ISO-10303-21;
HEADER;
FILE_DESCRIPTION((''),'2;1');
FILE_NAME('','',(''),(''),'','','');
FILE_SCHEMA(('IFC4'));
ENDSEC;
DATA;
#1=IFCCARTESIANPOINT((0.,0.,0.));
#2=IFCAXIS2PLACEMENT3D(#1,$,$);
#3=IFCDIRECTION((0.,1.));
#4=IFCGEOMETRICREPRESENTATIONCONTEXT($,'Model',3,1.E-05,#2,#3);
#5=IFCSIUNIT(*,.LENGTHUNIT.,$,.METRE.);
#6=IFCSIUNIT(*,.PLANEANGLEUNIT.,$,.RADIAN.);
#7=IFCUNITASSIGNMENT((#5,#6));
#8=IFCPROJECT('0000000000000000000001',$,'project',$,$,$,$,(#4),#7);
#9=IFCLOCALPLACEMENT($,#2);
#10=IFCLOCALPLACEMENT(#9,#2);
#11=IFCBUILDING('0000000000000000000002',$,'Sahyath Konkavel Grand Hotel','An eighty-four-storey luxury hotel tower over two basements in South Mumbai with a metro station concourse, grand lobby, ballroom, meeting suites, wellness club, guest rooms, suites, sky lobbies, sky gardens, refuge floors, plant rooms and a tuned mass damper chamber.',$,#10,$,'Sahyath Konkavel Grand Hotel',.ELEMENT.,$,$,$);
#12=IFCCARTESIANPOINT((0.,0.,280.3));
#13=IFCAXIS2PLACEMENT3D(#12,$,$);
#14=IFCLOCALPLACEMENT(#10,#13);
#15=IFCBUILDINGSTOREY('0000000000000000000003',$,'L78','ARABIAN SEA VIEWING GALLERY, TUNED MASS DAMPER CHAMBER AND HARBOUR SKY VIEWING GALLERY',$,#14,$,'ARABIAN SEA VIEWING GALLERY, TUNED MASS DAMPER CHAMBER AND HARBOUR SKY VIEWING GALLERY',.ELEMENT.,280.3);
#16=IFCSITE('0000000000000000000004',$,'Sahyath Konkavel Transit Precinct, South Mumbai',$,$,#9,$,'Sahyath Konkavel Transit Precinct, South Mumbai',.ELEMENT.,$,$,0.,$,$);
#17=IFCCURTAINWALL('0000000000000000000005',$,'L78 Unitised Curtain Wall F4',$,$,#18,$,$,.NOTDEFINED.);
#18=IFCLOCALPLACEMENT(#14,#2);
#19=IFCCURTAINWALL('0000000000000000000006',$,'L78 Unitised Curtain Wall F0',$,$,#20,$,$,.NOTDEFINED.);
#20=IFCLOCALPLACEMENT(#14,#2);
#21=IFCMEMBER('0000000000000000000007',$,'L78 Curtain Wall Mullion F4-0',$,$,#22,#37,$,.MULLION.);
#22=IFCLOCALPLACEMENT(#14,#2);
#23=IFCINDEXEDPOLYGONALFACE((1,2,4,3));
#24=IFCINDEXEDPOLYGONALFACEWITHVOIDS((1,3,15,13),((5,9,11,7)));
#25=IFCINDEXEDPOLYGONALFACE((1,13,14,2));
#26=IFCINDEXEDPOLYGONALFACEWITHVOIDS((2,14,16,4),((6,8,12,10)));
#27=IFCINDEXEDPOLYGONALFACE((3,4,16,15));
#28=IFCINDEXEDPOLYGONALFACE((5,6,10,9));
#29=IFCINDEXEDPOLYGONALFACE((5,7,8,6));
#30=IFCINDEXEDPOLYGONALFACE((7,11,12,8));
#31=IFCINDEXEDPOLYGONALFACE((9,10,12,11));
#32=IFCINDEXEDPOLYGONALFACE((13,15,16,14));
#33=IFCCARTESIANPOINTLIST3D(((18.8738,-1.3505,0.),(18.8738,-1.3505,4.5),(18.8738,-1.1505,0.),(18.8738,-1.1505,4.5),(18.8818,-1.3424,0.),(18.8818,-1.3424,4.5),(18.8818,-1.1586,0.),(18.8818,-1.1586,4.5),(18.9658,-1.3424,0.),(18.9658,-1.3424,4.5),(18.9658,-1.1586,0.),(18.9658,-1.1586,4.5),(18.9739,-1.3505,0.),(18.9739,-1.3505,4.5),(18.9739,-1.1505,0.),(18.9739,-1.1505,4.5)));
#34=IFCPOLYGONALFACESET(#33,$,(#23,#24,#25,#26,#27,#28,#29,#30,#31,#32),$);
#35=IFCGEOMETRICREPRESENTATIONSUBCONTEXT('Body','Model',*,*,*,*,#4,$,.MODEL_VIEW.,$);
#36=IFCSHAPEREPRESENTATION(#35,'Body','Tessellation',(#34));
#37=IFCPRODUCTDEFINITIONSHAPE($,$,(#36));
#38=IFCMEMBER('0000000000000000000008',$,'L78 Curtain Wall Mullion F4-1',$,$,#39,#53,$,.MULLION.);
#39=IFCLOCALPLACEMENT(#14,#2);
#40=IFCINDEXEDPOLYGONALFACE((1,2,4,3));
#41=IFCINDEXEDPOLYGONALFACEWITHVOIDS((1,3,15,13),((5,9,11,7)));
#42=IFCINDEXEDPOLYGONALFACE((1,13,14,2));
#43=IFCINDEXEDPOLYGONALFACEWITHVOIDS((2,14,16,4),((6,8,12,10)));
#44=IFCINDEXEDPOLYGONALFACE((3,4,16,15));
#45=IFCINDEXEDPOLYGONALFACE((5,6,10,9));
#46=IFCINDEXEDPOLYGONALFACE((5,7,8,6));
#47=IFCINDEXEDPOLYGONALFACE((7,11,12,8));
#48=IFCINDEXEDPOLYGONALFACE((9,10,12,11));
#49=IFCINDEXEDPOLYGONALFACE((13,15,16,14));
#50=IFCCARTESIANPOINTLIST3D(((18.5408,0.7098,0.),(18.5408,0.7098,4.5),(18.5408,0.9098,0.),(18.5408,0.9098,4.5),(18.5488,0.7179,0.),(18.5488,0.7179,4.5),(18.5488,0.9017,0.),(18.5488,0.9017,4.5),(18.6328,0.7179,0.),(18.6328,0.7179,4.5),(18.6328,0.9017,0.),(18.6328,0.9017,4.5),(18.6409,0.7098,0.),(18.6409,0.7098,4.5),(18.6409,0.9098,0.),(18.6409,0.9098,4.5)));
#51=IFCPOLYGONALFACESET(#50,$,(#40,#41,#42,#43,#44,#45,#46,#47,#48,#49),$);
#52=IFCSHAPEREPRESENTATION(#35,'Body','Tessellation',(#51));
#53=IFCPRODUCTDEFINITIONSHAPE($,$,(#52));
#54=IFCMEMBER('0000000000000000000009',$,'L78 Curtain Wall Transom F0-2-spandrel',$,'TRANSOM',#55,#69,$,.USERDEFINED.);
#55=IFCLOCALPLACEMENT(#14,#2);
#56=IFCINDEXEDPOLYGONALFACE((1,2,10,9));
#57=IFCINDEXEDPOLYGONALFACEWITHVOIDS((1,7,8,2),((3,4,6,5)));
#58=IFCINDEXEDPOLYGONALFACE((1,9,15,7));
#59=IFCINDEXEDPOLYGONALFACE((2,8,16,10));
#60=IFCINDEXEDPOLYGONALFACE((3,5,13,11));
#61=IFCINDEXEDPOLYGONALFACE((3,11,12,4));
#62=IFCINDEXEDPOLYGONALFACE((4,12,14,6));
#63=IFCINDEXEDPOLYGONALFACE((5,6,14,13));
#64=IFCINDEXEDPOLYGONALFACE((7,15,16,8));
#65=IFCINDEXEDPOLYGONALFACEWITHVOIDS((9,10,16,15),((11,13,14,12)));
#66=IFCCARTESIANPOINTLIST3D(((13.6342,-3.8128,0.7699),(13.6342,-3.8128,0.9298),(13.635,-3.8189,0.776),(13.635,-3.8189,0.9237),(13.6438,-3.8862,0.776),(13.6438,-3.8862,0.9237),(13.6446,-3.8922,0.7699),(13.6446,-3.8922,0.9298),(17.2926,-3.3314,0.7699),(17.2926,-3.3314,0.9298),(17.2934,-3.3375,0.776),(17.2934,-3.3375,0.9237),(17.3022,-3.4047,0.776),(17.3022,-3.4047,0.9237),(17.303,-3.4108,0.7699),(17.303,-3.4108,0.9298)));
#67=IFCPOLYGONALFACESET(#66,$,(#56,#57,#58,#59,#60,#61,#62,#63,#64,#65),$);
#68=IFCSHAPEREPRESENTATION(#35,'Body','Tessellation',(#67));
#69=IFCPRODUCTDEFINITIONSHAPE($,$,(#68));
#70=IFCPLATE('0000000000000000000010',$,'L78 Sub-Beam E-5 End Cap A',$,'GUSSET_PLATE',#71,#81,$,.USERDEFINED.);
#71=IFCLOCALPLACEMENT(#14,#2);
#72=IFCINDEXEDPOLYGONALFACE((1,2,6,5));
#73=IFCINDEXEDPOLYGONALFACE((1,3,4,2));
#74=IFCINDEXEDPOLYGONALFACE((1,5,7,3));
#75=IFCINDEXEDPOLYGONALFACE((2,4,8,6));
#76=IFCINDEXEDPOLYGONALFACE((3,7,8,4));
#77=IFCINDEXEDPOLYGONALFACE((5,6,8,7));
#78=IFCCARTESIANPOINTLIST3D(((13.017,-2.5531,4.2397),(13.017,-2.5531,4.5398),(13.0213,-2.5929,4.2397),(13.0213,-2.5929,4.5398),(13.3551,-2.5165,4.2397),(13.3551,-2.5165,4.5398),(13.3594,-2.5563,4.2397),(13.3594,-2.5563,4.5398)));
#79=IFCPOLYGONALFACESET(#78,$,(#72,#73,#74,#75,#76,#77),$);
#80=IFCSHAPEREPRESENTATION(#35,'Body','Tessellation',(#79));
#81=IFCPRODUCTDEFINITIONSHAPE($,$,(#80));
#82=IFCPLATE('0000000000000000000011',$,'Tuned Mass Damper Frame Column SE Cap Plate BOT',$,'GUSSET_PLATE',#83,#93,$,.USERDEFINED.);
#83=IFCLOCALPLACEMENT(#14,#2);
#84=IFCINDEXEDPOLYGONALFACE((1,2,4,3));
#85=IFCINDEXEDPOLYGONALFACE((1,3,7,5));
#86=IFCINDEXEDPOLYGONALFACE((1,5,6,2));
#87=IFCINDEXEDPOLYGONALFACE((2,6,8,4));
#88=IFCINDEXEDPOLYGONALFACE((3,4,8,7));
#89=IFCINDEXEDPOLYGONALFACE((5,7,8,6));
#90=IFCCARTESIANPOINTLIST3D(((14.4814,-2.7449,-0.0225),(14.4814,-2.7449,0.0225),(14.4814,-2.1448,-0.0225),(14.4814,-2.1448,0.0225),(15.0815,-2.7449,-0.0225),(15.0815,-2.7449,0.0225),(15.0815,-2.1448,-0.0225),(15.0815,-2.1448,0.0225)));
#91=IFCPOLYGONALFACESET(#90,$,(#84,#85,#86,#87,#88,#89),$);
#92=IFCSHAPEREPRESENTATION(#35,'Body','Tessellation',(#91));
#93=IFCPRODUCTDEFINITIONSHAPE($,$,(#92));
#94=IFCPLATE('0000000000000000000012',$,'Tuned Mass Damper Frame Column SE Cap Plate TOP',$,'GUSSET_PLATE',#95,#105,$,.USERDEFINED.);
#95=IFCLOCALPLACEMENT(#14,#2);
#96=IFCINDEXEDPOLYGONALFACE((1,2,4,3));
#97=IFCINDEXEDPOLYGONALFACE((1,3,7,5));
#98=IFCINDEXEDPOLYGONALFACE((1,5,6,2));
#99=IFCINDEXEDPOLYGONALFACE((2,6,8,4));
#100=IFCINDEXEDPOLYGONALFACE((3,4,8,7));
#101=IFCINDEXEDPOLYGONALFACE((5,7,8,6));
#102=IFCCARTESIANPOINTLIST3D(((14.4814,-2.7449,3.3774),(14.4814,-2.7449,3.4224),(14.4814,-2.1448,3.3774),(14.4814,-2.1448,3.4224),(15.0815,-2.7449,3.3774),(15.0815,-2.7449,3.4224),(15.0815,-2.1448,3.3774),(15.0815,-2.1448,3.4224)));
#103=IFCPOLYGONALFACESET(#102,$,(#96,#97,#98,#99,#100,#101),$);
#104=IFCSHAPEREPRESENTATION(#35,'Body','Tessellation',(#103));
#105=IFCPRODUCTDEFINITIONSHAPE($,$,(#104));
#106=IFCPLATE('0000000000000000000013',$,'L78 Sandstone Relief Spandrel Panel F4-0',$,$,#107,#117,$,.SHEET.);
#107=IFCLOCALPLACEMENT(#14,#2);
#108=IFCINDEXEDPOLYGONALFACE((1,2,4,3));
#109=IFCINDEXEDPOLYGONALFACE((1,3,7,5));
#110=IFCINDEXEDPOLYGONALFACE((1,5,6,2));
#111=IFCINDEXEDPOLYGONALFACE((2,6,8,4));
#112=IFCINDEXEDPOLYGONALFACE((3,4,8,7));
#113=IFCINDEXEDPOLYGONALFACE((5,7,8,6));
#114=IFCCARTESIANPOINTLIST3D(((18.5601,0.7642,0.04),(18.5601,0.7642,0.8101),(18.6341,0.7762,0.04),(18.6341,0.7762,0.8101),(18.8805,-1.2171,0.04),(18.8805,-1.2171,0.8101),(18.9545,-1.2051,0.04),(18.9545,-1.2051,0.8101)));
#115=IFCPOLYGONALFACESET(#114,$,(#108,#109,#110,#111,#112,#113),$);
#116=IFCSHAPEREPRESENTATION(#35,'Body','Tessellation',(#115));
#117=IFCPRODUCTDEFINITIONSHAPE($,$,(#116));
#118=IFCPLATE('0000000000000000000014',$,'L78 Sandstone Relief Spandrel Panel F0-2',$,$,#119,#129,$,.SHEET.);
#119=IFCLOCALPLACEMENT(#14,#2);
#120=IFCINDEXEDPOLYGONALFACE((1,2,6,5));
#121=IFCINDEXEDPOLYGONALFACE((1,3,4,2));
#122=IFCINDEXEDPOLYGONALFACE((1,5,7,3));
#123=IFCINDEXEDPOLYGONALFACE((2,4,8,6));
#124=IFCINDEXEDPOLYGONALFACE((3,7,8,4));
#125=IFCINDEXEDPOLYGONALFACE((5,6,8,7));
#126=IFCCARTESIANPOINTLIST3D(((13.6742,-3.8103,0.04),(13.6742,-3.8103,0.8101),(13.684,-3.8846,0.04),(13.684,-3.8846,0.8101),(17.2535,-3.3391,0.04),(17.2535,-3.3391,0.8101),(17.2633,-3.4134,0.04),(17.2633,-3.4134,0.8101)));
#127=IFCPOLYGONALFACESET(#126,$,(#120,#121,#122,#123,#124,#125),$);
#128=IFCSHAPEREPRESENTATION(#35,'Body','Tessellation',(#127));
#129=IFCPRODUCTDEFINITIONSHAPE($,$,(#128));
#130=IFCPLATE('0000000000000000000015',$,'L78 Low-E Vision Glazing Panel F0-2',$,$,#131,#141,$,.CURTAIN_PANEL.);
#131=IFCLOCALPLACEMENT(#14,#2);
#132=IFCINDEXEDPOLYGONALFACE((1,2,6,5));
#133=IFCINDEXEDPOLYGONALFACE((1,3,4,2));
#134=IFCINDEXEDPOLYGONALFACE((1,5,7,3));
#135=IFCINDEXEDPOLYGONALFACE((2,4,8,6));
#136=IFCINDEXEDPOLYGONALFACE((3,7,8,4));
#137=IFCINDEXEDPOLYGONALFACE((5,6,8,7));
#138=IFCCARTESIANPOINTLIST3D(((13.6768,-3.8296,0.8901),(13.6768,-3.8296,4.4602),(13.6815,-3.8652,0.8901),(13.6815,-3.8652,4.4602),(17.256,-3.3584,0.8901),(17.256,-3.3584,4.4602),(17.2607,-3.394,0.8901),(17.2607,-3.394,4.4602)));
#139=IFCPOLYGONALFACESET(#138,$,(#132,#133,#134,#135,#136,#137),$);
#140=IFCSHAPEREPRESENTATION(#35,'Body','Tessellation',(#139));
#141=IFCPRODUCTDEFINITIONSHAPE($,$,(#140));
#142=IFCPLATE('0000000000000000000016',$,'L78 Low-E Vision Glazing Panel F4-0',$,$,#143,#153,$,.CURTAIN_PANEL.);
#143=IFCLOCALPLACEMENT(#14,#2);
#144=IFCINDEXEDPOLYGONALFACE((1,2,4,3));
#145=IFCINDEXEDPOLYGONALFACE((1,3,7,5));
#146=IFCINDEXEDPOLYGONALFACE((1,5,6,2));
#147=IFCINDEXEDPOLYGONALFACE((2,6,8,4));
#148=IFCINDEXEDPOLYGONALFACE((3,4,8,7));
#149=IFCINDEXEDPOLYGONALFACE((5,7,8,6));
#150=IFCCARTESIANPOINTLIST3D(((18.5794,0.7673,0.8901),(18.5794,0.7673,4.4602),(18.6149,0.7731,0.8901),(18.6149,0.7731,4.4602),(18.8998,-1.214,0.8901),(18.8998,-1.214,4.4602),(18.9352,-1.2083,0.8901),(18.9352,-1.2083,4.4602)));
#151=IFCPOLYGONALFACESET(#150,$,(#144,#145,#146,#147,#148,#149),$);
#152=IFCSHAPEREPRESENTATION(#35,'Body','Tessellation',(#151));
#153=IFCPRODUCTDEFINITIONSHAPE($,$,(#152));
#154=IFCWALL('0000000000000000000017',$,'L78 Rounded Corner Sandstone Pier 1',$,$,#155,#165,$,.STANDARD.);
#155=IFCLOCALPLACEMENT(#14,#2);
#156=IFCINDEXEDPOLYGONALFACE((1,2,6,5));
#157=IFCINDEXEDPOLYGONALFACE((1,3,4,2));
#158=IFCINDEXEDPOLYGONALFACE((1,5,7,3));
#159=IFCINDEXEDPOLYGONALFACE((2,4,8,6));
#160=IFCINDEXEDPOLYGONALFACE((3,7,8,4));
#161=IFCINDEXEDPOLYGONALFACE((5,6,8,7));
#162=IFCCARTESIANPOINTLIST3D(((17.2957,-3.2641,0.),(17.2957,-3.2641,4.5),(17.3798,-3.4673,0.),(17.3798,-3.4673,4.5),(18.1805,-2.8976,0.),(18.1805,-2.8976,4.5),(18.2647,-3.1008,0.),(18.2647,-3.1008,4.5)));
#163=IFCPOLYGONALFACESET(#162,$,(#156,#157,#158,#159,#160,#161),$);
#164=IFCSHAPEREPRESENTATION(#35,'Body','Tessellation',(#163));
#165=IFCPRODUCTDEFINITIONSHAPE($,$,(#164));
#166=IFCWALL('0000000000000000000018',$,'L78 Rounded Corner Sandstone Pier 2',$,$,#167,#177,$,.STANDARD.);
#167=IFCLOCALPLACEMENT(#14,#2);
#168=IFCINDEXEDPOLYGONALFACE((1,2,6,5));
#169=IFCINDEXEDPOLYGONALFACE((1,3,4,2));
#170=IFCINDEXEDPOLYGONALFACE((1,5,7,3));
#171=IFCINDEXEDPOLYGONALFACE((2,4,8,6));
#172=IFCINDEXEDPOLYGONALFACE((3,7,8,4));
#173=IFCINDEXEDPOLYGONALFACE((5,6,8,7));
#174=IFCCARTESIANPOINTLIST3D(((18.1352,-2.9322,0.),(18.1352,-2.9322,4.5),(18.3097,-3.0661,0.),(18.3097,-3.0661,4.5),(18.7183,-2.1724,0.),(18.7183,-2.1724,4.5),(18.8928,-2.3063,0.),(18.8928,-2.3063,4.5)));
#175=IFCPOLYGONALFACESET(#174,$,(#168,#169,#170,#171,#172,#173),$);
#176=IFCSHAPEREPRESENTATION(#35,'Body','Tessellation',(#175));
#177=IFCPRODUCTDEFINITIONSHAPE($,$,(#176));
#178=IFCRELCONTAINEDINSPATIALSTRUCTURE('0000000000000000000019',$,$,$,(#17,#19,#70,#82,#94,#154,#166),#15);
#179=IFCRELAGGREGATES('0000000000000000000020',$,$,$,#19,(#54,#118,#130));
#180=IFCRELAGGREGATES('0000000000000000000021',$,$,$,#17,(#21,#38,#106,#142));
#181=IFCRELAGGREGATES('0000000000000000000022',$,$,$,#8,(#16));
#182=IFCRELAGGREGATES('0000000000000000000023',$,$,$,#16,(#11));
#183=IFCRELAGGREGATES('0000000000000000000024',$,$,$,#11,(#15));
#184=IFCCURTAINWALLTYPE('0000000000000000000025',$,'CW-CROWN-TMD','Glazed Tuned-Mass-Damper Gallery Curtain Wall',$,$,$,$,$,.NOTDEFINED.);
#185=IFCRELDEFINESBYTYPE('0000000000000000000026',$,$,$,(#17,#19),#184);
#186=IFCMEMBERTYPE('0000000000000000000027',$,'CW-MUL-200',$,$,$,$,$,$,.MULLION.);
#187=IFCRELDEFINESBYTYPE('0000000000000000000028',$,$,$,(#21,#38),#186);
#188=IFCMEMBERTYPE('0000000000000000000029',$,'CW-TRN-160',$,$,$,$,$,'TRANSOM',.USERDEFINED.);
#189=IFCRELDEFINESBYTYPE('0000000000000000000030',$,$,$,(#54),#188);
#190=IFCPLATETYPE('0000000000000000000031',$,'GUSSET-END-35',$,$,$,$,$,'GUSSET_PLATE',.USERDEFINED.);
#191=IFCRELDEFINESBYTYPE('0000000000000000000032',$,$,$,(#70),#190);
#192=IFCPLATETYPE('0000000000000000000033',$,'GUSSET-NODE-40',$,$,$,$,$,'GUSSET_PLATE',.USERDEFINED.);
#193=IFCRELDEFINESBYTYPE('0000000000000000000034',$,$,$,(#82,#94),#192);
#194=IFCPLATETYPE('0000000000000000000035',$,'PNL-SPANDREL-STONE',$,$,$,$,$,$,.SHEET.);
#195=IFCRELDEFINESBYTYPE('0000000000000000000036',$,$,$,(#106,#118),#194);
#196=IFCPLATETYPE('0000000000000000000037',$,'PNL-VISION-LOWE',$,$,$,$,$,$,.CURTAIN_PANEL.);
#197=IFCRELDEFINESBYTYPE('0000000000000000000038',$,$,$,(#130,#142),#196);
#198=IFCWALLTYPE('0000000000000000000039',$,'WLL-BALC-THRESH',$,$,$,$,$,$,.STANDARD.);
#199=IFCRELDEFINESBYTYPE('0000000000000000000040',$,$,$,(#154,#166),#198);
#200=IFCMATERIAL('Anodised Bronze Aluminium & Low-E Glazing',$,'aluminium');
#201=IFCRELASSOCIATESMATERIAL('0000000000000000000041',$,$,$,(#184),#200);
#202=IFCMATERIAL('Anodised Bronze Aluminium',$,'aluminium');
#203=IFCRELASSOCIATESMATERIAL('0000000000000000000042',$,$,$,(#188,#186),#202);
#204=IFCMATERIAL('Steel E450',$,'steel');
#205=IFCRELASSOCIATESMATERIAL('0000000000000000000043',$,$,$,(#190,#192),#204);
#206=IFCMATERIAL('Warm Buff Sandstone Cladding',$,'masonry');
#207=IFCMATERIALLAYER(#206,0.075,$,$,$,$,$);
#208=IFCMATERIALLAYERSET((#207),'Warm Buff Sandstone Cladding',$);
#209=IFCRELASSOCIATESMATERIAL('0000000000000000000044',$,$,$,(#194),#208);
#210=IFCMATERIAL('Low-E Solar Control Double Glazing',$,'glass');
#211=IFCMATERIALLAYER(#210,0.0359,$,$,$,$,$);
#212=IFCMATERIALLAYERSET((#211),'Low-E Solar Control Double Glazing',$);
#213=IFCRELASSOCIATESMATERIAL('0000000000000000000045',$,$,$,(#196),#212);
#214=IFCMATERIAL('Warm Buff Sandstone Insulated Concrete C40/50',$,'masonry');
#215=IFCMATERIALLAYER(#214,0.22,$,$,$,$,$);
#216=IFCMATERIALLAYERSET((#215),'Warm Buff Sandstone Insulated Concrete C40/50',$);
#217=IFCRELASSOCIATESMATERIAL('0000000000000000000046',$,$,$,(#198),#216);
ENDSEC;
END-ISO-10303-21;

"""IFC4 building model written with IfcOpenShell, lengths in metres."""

from ifc_helpers import new_model, si_unit, direction, frame, frame_2d, origin, origin_2d, place, context, subcontext, project, spatial, rectangle, hollow_rectangle, extrude, source, transform, mapped, material, layer, layer_set, material_profile, profile_set, type_object, element, aggregate, save


model = new_model("IFC4")

# Units and contexts
model_context = context("Model", 3, precision=1e-05, world=origin(), true_north=direction((0.0, 1.0)))
body_context = subcontext(model_context, "Body", "Model", "MODEL_VIEW")
ifc_project = project(units=[si_unit("LENGTHUNIT", "METRE"), si_unit("PLANEANGLEUNIT", "RADIAN")], contexts=[model_context])

# Site, building, storey
site_placement = place(None, origin())
site = spatial("IfcSite", under=ifc_project, at=site_placement, Name="Sahyath Konkavel Transit Precinct, South Mumbai", LongName="Sahyath Konkavel Transit Precinct, South Mumbai", CompositionType="ELEMENT", RefElevation=0.0)
building_placement = place(site_placement, origin())
building = spatial("IfcBuilding", under=site, at=building_placement, Name="Sahyath Konkavel Grand Hotel", Description="An eighty-four-storey luxury hotel tower over two basements in South Mumbai with a metro station concourse, grand lobby, ballroom, meeting suites, wellness club, guest rooms, suites, sky lobbies, sky gardens, refuge floors, plant rooms and a tuned mass damper chamber.", LongName="Sahyath Konkavel Grand Hotel", CompositionType="ELEMENT")
storey_placement = place(building_placement, frame((0.0, 0.0, 280.3)))
storey = spatial("IfcBuildingStorey", under=building, at=storey_placement, Name="L78", Description="ARABIAN SEA VIEWING GALLERY, TUNED MASS DAMPER CHAMBER AND HARBOUR SKY VIEWING GALLERY", LongName="ARABIAN SEA VIEWING GALLERY, TUNED MASS DAMPER CHAMBER AND HARBOUR SKY VIEWING GALLERY", CompositionType="ELEMENT", Elevation=280.3)

# Curtain walls
ifc_material_1 = material(Name="Anodised Bronze Aluminium & Low-E Glazing", Category="aluminium")
curtain_wall_type = type_object("IfcCurtainWallType", Name="CW-CROWN-TMD", Description="Glazed Tuned-Mass-Damper Gallery Curtain Wall", PredefinedType="NOTDEFINED", material=ifc_material_1)
curtain_wall_1_placement = place(storey_placement, origin())
curtain_wall_1 = element("IfcCurtainWall", 1, at=curtain_wall_1_placement, inside=storey, type_object=curtain_wall_type, Name="L78 Unitised Curtain Wall F4", PredefinedType="NOTDEFINED")
ifc_material_2 = material(Name="Anodised Bronze Aluminium", Category="aluminium")
ifc_material_profile_1 = material_profile(ifc_material_2, hollow_rectangle(XDim=0.0801, YDim=0.1599, WallThickness=0.0061, at=origin_2d()), Name="RHS 160x80x6")
ifc_profile_set_1 = profile_set([ifc_material_profile_1], Name="Anodised Bronze Aluminium")
member_type_1 = type_object("IfcMemberType", Name="CW-TRN-160", ElementType="TRANSOM", PredefinedType="USERDEFINED", material=ifc_profile_set_1)
curtain_wall_2_placement = place(storey_placement, origin())
curtain_wall_2 = element("IfcCurtainWall", 2, at=curtain_wall_2_placement, inside=storey, type_object=curtain_wall_type, Name="L78 Unitised Curtain Wall F0", PredefinedType="NOTDEFINED")
ifc_material_profile_2 = material_profile(ifc_material_2, hollow_rectangle(XDim=0.1001, YDim=0.2, WallThickness=0.0081, at=origin_2d()), Name="RHS 200x100x8")
ifc_profile_set_2 = profile_set([ifc_material_profile_2], Name="Anodised Bronze Aluminium")
member_type_2 = type_object("IfcMemberType", Name="CW-MUL-200", PredefinedType="MULLION", material=ifc_profile_set_2)
shared_shape_1 = source(origin(), body_context, "Body", "SweptSolid", [
    extrude(hollow_rectangle(XDim=0.1001, YDim=0.2, WallThickness=0.0081, at=origin_2d()), origin(), (0.0, 0.0, 1.0), 4.5),
])

# Members
member_1_placement = place(storey_placement, frame((18.9238, -1.2505, 0.0), z_axis=(0.0, 0.0, 1.0), x_axis=(1.0, 0.0, 0.0)))
member_1 = element("IfcMember", 3, at=member_1_placement, type_object=member_type_2, Name="L78 Curtain Wall Mullion F4-0", PredefinedType="MULLION", context=body_context, shape_type="MappedRepresentation", body=[
    mapped(shared_shape_1, transform((0.0, 0.0, 0.0), scale=1.0)),
])
member_2_placement = place(storey_placement, frame((18.5908, 0.8098, 0.0), z_axis=(0.0, 0.0, 1.0), x_axis=(1.0, 0.0, 0.0)))
member_2 = element("IfcMember", 4, at=member_2_placement, type_object=member_type_2, Name="L78 Curtain Wall Mullion F4-1", PredefinedType="MULLION", context=body_context, shape_type="MappedRepresentation", body=[
    mapped(shared_shape_1, transform((0.0, 0.0, 0.0), scale=1.0)),
])
shared_shape_2 = source(origin(), body_context, "Body", "SweptSolid", [
    extrude(hollow_rectangle(XDim=0.0801, YDim=0.1599, WallThickness=0.0061, at=origin_2d()), origin(), (0.0, 0.0, 1.0), 3.6899),
])
member_3_placement = place(storey_placement, frame((13.6394, -3.8525, 0.8499), z_axis=(0.991452, 0.130473, 0.0), x_axis=(-0.130473, 0.991452, 0.0)))
member_3 = element("IfcMember", 5, at=member_3_placement, type_object=member_type_1, Name="L78 Curtain Wall Transom F0-2-spandrel", ObjectType="TRANSOM", PredefinedType="USERDEFINED", context=body_context, shape_type="MappedRepresentation", body=[
    mapped(shared_shape_2, transform((0.0, 0.0, 0.0), scale=1.0)),
])

# Plates
ifc_material_3 = material(Name="Steel E450", Category="steel")
plate_type_1 = type_object("IfcPlateType", Name="GUSSET-END-35", ElementType="GUSSET_PLATE", PredefinedType="USERDEFINED", material=ifc_material_3)
shared_shape_3 = source(origin(), body_context, "Body", "SweptSolid", [
    extrude(rectangle(XDim=0.04, YDim=0.3401, at=origin_2d()), origin(), (0.0, 0.0, 1.0), 0.3),
])
plate_1_placement = place(storey_placement, frame((13.1882, -2.5547, 4.2397), z_axis=(0.0, 0.0, 1.0), x_axis=(-0.107427, 0.994213, 0.0)))
element("IfcPlate", 6, at=plate_1_placement, inside=storey, type_object=plate_type_1, Name="L78 Sub-Beam E-5 End Cap A", ObjectType="GUSSET_PLATE", PredefinedType="USERDEFINED", context=body_context, shape_type="MappedRepresentation", body=[
    mapped(shared_shape_3, transform((0.0, 0.0, 0.0), scale=1.0)),
])
plate_type_2 = type_object("IfcPlateType", Name="GUSSET-NODE-40", ElementType="GUSSET_PLATE", PredefinedType="USERDEFINED", material=ifc_material_3)
shared_shape_4 = source(origin(), body_context, "Body", "SweptSolid", [
    extrude(rectangle(XDim=0.6001, YDim=0.6001, at=origin_2d()), origin(), (0.0, 0.0, 1.0), 0.0449),
])
for number, where, z_axis, x_axis, name in (
    (7, (14.7815, -2.4448, -0.0225), (0.0, 0.0, 1.0), (1.0, 0.0, 0.0), "Tuned Mass Damper Frame Column SE Cap Plate BOT"),
    (8, (14.7815, -2.4448, 3.3774), (0.0, 0.0, 1.0), (1.0, 0.0, 0.0), "Tuned Mass Damper Frame Column SE Cap Plate TOP"),
):
    element("IfcPlate", number, at=place(storey_placement, frame(where, z_axis=z_axis, x_axis=x_axis)), inside=storey, type_object=plate_type_2, Name=name, ObjectType="GUSSET_PLATE", PredefinedType="USERDEFINED", context=body_context, shape_type="MappedRepresentation", body=[
        mapped(shared_shape_4, transform((0.0, 0.0, 0.0), scale=1.0)),
    ])

# Plates
ifc_material_4 = material(Name="Warm Buff Sandstone Cladding", Category="masonry")
ifc_layer_1 = layer(ifc_material_4, 0.075)
ifc_layer_set_1 = layer_set([ifc_layer_1], Name="Warm Buff Sandstone Cladding")
plate_type_3 = type_object("IfcPlateType", Name="PNL-SPANDREL-STONE", PredefinedType="SHEET", material=ifc_layer_set_1)
shared_shape_5 = source(origin(), body_context, "Body", "SweptSolid", [
    extrude(rectangle(XDim=2.0071, YDim=0.075, at=origin_2d()), origin(), (0.0, 0.0, 1.0), 0.77),
])
plate_2_placement = place(storey_placement, frame((18.7573, -0.2205, 0.04), z_axis=(0.0, 0.0, 1.0), x_axis=(-0.159623, 0.987178, 0.0)))
plate_2 = element("IfcPlate", 9, at=plate_2_placement, type_object=plate_type_3, Name="L78 Sandstone Relief Spandrel Panel F4-0", PredefinedType="SHEET", context=body_context, shape_type="MappedRepresentation", body=[
    mapped(shared_shape_5, transform((0.0, 0.0, 0.0), scale=1.0)),
])
shared_shape_6 = source(origin(), body_context, "Body", "SweptSolid", [
    extrude(rectangle(XDim=3.6101, YDim=0.075, at=origin_2d()), origin(), (0.0, 0.0, 1.0), 0.77),
])
plate_3_placement = place(storey_placement, frame((15.4688, -3.6118, 0.04), z_axis=(0.0, 0.0, 1.0), x_axis=(0.991445, 0.130526, 0.0)))
plate_3 = element("IfcPlate", 10, at=plate_3_placement, type_object=plate_type_3, Name="L78 Sandstone Relief Spandrel Panel F0-2", PredefinedType="SHEET", context=body_context, shape_type="MappedRepresentation", body=[
    mapped(shared_shape_6, transform((0.0, 0.0, 0.0), scale=1.0)),
])
ifc_material_5 = material(Name="Low-E Solar Control Double Glazing", Category="glass")
ifc_layer_2 = layer(ifc_material_5, 0.0359)
ifc_layer_set_2 = layer_set([ifc_layer_2], Name="Low-E Solar Control Double Glazing")
plate_type_4 = type_object("IfcPlateType", Name="PNL-VISION-LOWE", PredefinedType="CURTAIN_PANEL", material=ifc_layer_set_2)
shared_shape_7 = source(origin(), body_context, "Body", "SweptSolid", [
    extrude(rectangle(XDim=3.6101, YDim=0.0359, at=origin_2d()), origin(), (0.0, 0.0, 1.0), 3.5701),
])
plate_4_placement = place(storey_placement, frame((15.4688, -3.6118, 0.8901), z_axis=(0.0, 0.0, 1.0), x_axis=(0.991445, 0.130526, 0.0)))
plate_4 = element("IfcPlate", 11, at=plate_4_placement, type_object=plate_type_4, Name="L78 Low-E Vision Glazing Panel F0-2", PredefinedType="CURTAIN_PANEL", context=body_context, shape_type="MappedRepresentation", body=[
    mapped(shared_shape_7, transform((0.0, 0.0, 0.0), scale=1.0)),
])
aggregate(curtain_wall_2, [member_3, plate_3, plate_4])
shared_shape_8 = source(origin(), body_context, "Body", "SweptSolid", [
    extrude(rectangle(XDim=2.0071, YDim=0.0359, at=origin_2d()), origin(), (0.0, 0.0, 1.0), 3.5701),
])
plate_5_placement = place(storey_placement, frame((18.7573, -0.2205, 0.8901), z_axis=(0.0, 0.0, 1.0), x_axis=(-0.159623, 0.987178, 0.0)))
plate_5 = element("IfcPlate", 12, at=plate_5_placement, type_object=plate_type_4, Name="L78 Low-E Vision Glazing Panel F4-0", PredefinedType="CURTAIN_PANEL", context=body_context, shape_type="MappedRepresentation", body=[
    mapped(shared_shape_8, transform((0.0, 0.0, 0.0), scale=1.0)),
])
aggregate(curtain_wall_1, [member_1, member_2, plate_2, plate_5])

# Walls
ifc_material_6 = material(Name="Warm Buff Sandstone Insulated Concrete C40/50", Category="masonry")
ifc_layer_3 = layer(ifc_material_6, 0.22)
ifc_layer_set_3 = layer_set([ifc_layer_3], Name="Warm Buff Sandstone Insulated Concrete C40/50")
wall_type = type_object("IfcWallType", Name="WLL-BALC-THRESH", PredefinedType="STANDARD", material=ifc_layer_set_3)
for number, where, z_axis, x_axis, name in (
    (13, (17.3376, -3.3657, 0.0), (0.0, 0.0, 1.0), (0.923889, 0.38266, 0.0), "L78 Rounded Corner Sandstone Pier 1"),
    (14, (18.2224, -2.9993, 0.0), (0.0, 0.0, 1.0), (0.608774, 0.793344, 0.0), "L78 Rounded Corner Sandstone Pier 2"),
):
    element("IfcWall", number, at=place(storey_placement, frame(where, z_axis=z_axis, x_axis=x_axis)), inside=storey, type_object=wall_type, Name=name, PredefinedType="STANDARD", context=body_context, shape_type="SweptSolid", body=[
        extrude(rectangle(XDim=0.9578, YDim=0.22, at=frame_2d((0.479, 0.0))), origin(), (0.0, 0.0, 1.0), 4.5),
    ])

save(model, "model.ifc")
